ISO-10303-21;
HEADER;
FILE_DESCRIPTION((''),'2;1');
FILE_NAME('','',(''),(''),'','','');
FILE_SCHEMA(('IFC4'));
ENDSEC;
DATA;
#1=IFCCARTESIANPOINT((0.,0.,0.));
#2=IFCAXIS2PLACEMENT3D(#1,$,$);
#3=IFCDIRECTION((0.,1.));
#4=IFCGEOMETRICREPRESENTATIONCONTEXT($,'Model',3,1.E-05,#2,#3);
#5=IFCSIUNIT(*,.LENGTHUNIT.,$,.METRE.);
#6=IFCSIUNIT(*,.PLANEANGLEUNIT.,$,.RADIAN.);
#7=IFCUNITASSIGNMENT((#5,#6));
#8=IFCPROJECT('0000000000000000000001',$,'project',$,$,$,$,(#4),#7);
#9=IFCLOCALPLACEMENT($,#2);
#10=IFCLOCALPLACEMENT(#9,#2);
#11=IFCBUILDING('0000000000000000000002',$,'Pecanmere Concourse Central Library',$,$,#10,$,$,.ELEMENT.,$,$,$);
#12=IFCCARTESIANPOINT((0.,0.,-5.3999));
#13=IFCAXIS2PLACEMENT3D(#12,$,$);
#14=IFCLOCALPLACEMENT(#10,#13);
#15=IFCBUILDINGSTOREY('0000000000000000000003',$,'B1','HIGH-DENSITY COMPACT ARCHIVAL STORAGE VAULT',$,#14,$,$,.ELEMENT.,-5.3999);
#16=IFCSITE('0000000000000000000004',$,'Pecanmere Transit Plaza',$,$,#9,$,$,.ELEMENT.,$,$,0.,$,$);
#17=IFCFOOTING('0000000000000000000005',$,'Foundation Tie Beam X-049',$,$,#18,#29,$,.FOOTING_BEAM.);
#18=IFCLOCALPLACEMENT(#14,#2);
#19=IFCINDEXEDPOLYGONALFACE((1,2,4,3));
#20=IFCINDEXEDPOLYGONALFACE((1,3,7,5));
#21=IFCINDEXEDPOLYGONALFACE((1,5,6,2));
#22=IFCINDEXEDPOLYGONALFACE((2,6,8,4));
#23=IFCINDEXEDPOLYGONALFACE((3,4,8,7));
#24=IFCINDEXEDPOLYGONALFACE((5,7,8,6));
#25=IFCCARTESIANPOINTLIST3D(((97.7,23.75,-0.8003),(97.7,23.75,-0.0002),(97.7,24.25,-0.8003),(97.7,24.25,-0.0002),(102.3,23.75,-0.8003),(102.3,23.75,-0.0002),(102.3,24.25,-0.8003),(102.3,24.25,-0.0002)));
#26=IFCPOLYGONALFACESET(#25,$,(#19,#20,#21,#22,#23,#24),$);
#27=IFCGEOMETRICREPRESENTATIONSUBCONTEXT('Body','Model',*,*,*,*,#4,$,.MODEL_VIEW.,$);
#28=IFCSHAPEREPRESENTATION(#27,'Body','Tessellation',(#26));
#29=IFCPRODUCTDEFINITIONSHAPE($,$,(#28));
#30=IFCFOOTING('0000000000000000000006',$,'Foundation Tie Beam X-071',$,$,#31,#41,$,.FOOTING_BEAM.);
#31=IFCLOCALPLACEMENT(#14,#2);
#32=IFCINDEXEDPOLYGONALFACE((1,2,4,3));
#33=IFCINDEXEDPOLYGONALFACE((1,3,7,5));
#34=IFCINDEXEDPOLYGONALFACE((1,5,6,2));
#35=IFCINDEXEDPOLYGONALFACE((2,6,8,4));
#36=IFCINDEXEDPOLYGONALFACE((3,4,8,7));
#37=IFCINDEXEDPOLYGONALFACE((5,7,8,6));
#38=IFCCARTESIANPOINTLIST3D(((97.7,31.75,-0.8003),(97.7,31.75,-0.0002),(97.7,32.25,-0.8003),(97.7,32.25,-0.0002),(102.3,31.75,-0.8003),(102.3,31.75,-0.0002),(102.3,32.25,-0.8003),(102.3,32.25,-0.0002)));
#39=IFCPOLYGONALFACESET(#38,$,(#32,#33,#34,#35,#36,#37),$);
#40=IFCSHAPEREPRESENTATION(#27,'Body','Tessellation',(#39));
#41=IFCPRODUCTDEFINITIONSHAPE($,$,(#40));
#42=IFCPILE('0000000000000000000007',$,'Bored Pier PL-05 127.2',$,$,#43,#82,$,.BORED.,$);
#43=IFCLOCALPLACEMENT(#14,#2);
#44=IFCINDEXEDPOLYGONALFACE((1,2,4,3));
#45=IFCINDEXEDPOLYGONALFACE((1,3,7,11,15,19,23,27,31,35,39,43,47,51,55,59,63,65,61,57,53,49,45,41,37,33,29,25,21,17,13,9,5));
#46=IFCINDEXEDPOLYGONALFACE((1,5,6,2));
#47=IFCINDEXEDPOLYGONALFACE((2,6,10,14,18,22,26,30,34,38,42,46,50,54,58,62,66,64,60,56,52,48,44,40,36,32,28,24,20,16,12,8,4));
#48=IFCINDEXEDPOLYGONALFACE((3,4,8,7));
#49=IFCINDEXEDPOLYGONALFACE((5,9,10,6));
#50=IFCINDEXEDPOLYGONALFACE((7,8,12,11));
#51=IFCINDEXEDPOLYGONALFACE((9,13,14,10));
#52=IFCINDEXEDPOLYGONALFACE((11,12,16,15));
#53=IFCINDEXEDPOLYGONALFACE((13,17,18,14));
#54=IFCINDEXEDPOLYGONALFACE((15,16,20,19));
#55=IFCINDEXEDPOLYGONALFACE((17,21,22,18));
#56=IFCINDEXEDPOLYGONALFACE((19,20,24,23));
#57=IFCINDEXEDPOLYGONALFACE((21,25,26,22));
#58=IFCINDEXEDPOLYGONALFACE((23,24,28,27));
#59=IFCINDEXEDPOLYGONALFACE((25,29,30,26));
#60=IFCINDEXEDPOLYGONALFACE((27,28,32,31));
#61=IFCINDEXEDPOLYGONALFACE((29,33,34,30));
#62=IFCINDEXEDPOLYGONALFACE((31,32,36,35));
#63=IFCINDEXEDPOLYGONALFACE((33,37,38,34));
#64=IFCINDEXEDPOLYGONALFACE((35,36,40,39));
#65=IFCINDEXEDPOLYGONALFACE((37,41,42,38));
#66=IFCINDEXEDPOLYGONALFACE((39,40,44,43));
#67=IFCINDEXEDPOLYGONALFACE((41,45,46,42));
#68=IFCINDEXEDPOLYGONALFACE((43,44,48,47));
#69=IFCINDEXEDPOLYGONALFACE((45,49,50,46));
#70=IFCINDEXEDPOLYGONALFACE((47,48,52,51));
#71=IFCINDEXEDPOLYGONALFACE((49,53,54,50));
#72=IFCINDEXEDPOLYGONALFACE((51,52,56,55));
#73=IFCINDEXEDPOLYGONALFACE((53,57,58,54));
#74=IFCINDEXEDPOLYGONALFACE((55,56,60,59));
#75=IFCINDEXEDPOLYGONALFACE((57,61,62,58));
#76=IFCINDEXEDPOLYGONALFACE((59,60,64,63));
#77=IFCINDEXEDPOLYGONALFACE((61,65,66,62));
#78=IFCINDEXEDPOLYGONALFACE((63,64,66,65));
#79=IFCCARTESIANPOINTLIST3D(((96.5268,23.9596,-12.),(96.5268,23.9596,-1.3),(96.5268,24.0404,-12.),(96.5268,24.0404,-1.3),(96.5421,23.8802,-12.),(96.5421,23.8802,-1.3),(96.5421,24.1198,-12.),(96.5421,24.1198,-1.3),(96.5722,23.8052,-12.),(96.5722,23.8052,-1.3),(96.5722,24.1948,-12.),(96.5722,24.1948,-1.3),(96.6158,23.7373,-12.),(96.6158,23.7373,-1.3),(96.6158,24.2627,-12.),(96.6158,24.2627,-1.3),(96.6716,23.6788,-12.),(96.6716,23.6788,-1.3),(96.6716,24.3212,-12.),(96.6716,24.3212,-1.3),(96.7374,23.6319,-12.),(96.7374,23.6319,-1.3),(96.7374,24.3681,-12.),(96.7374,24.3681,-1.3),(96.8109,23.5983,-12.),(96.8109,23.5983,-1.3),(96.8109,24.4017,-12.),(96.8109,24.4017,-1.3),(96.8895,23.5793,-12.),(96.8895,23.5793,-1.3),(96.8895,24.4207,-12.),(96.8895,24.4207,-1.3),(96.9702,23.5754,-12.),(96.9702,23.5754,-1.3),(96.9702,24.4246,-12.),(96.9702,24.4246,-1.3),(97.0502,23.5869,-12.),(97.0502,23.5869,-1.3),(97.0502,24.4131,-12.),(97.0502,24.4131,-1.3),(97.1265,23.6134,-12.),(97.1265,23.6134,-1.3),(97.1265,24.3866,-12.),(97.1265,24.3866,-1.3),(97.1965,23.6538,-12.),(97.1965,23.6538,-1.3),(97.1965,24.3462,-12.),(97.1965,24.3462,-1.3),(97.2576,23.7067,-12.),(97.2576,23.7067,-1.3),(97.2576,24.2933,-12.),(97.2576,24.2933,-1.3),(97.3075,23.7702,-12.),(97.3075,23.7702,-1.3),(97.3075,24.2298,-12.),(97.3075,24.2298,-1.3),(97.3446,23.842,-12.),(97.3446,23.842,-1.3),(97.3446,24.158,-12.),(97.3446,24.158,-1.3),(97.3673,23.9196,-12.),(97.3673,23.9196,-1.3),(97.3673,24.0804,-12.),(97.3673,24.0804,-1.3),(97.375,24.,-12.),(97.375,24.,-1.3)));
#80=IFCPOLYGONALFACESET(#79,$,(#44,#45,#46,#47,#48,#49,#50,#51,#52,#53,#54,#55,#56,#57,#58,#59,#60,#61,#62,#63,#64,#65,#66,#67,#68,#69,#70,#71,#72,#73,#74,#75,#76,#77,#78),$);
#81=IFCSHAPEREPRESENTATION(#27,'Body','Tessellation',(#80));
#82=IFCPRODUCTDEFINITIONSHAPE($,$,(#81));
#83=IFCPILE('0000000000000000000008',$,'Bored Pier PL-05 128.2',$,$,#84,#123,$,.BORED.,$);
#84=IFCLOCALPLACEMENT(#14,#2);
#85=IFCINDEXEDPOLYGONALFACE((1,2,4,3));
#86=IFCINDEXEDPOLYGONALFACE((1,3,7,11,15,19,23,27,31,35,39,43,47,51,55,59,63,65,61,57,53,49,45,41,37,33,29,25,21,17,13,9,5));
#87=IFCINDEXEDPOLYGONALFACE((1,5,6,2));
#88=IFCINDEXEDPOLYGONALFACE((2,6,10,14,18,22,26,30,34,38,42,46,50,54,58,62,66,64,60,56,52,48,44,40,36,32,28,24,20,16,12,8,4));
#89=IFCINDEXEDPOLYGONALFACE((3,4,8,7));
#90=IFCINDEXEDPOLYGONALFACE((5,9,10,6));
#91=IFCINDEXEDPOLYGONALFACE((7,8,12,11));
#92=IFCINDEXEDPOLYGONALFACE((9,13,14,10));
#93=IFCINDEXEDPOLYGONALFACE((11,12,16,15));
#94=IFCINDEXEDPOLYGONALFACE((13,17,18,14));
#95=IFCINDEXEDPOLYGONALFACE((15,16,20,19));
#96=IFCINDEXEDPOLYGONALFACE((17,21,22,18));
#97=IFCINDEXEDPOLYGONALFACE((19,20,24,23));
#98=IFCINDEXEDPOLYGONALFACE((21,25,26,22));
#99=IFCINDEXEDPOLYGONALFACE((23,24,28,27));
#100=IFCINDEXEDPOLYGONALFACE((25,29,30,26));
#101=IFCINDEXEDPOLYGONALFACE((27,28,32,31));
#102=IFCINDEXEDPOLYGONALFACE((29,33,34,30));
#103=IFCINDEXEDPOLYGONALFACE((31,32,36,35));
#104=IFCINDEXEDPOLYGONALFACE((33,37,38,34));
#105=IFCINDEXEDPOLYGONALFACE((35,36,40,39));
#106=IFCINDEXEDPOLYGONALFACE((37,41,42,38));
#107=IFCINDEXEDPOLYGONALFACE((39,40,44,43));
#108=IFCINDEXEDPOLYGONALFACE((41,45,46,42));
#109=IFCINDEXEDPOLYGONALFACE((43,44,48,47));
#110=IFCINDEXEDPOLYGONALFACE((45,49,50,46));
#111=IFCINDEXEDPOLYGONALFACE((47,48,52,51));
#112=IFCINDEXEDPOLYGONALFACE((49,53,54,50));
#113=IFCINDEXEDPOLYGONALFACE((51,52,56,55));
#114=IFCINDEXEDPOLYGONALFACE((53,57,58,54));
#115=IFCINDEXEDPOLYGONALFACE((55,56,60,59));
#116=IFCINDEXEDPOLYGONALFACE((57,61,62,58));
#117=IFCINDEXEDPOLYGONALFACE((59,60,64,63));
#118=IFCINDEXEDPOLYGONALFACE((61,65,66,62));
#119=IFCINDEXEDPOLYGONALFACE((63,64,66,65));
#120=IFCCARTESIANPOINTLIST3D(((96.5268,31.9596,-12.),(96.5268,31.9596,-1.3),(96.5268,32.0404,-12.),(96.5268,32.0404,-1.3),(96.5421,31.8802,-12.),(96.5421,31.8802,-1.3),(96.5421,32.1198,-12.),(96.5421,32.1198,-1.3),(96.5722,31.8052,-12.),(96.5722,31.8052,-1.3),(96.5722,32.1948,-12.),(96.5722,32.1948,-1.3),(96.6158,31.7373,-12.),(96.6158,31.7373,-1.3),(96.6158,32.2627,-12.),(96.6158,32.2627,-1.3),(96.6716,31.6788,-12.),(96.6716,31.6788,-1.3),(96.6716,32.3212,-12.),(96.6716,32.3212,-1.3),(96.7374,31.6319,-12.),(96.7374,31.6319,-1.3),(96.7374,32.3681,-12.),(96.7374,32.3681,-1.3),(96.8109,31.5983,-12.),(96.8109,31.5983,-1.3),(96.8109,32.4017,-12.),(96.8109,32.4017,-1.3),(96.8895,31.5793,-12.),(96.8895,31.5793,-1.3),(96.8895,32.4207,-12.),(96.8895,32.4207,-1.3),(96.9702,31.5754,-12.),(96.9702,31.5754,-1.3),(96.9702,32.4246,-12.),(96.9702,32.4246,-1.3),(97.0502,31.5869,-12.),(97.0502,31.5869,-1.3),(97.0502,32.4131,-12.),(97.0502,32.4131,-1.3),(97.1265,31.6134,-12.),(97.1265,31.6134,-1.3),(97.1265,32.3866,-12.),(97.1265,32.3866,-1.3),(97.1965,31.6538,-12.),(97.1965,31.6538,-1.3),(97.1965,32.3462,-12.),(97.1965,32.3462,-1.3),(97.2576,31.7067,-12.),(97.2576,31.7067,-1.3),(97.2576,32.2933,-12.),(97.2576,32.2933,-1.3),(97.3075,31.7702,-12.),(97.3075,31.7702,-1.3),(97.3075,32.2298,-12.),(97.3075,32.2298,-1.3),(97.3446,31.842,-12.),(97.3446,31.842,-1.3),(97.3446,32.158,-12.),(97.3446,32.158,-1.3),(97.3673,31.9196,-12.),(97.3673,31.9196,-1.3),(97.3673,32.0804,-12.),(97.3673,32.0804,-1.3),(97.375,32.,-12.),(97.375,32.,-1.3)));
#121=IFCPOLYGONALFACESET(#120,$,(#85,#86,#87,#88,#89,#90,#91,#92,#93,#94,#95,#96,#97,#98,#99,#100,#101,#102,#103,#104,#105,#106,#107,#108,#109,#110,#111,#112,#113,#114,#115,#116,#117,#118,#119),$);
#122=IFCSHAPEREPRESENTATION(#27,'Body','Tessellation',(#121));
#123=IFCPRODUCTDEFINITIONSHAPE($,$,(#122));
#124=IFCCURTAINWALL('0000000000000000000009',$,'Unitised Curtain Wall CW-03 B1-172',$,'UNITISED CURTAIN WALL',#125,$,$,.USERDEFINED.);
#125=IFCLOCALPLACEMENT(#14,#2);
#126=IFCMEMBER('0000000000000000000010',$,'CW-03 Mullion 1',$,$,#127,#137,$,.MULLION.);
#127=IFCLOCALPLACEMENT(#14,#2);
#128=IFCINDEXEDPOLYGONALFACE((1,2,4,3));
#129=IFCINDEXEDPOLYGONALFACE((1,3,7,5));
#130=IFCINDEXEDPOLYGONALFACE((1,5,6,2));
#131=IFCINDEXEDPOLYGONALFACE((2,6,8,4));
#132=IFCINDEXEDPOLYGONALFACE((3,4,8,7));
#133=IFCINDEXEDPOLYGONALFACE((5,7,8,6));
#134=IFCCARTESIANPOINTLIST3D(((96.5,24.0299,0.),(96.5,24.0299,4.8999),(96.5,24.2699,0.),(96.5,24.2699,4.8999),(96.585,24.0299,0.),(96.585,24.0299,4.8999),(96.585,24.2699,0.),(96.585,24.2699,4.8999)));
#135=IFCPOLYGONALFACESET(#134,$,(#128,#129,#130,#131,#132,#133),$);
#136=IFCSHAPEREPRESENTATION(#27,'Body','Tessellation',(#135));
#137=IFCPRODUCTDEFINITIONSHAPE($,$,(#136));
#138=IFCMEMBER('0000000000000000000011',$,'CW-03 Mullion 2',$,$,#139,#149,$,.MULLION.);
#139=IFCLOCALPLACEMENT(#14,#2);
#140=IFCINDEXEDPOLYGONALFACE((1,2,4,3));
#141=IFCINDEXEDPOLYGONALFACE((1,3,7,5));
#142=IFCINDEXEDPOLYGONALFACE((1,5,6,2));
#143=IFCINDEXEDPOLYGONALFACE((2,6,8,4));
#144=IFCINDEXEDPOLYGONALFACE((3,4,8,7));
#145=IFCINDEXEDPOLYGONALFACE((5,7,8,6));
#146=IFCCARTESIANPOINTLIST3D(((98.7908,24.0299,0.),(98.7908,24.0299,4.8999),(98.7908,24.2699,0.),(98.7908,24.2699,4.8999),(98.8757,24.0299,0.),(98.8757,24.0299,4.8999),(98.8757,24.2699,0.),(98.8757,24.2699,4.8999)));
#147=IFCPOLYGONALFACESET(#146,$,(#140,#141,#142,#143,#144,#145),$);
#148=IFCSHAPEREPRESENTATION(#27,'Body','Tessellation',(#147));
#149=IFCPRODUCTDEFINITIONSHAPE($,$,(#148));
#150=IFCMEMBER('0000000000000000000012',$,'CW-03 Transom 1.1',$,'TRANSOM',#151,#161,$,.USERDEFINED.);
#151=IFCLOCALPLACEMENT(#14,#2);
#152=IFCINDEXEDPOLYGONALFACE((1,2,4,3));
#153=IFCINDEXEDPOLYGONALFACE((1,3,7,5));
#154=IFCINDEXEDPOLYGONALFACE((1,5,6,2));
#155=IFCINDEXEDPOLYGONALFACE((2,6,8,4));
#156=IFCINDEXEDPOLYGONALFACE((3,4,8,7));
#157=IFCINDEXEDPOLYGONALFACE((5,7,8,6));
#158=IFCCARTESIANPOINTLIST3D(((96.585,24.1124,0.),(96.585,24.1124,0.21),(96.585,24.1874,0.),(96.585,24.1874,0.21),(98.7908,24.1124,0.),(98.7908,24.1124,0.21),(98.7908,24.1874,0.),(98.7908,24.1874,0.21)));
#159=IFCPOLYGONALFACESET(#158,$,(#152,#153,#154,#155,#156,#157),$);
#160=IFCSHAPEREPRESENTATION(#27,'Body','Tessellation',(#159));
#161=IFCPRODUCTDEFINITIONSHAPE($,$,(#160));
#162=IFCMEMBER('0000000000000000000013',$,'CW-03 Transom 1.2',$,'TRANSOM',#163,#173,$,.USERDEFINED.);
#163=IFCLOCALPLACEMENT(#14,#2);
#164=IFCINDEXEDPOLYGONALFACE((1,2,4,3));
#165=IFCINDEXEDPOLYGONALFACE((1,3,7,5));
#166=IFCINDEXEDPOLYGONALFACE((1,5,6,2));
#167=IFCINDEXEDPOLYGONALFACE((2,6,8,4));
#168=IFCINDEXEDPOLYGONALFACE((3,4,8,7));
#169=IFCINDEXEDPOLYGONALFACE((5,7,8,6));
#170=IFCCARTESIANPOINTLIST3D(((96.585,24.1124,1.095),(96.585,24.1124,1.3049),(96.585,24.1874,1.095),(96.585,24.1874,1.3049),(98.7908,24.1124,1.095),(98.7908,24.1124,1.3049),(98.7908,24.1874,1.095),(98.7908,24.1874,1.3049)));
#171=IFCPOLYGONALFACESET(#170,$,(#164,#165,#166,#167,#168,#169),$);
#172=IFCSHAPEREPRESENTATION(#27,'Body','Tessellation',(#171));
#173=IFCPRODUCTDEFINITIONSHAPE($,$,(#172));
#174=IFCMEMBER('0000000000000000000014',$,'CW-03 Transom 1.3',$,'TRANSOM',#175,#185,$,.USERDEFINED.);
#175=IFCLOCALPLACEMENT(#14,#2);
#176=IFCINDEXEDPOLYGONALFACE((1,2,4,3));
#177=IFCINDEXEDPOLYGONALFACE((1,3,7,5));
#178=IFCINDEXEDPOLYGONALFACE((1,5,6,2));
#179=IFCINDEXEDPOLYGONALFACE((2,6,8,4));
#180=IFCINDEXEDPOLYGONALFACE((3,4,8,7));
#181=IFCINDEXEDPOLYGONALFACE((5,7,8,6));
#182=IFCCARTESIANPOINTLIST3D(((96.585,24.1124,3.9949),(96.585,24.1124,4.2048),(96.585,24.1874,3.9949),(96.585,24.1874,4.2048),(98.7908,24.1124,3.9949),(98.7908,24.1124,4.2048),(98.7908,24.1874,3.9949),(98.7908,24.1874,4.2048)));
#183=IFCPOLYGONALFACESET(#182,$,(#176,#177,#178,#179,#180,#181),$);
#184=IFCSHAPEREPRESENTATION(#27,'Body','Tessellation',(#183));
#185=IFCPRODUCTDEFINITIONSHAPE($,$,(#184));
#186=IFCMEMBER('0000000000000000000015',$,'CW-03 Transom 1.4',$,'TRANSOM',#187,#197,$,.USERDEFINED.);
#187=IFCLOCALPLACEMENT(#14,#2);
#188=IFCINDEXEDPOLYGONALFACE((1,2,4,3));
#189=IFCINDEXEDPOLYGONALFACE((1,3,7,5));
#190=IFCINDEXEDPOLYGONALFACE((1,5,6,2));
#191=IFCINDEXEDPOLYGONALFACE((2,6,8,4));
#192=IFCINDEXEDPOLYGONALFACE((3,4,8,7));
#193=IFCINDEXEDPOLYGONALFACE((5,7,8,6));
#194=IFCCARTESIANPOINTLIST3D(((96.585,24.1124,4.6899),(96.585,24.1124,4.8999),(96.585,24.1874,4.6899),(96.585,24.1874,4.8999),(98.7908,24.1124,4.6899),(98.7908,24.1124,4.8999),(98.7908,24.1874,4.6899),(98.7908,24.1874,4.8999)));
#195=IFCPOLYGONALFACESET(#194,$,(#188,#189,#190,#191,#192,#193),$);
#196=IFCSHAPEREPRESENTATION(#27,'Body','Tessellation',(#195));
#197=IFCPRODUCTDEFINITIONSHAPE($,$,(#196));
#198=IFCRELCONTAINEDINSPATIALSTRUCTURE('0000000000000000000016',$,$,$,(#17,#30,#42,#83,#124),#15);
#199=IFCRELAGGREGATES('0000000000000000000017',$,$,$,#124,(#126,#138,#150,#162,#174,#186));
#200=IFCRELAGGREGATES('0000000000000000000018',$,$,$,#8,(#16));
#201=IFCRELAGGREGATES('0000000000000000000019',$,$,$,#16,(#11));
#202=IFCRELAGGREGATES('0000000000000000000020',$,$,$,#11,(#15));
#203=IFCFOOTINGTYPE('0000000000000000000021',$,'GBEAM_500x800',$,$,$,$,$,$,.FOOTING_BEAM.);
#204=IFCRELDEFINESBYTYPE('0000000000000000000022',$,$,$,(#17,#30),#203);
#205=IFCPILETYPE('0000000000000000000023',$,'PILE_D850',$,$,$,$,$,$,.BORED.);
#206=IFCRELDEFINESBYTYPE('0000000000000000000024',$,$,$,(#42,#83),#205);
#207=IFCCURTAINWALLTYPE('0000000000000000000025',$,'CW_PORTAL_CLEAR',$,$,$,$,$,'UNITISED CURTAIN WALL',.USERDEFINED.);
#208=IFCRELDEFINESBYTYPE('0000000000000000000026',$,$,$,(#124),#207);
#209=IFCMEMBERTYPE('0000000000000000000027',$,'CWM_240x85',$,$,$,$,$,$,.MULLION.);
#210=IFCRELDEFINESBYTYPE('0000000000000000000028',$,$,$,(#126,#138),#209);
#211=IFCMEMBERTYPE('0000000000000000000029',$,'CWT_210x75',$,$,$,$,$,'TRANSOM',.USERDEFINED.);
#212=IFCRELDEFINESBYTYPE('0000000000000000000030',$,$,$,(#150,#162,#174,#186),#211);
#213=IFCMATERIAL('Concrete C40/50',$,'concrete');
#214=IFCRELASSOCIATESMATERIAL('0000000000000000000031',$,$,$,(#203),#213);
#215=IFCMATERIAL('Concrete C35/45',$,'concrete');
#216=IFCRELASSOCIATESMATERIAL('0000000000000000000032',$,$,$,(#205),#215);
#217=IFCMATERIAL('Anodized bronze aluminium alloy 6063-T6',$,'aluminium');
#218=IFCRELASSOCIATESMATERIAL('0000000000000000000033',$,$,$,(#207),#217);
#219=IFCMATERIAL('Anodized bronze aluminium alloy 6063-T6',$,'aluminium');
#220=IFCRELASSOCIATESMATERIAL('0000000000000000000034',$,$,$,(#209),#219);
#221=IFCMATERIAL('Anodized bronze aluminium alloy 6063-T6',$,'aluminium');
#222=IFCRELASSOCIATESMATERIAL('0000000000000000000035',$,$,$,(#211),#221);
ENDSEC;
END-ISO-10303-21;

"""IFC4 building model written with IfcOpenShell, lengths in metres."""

from ifc_helpers import new_model, si_unit, direction, frame, origin, origin_2d, place, context, subcontext, project, spatial, rectangle, circle, extrude, material, material_profile, profile_set, type_object, element, aggregate, save


model = new_model("IFC4")

# Units and contexts
model_context = context("Model", 3, precision=1e-05, world=origin(), true_north=direction((0.0, 1.0)))
body_context = subcontext(model_context, "Body", "Model", "MODEL_VIEW")
ifc_project = project(units=[si_unit("LENGTHUNIT", "METRE"), si_unit("PLANEANGLEUNIT", "RADIAN")], contexts=[model_context])

# Site, building, storey
site_placement = place(None, origin())
site = spatial("IfcSite", under=ifc_project, at=site_placement, Name="Pecanmere Transit Plaza", CompositionType="ELEMENT", RefElevation=0.0)
building_placement = place(site_placement, origin())
building = spatial("IfcBuilding", under=site, at=building_placement, Name="Pecanmere Concourse Central Library", CompositionType="ELEMENT")
storey_placement = place(building_placement, frame((0.0, 0.0, -5.3999)))
storey = spatial("IfcBuildingStorey", under=building, at=storey_placement, Name="B1", Description="HIGH-DENSITY COMPACT ARCHIVAL STORAGE VAULT", CompositionType="ELEMENT", Elevation=-5.3999)

# Footings
ifc_material_1 = material(Name="Concrete C40/50", Category="concrete")
ifc_material_profile_1 = material_profile(ifc_material_1, rectangle(XDim=0.5, YDim=0.8, at=origin_2d()), Name="RC 500x800")
ifc_profile_set_1 = profile_set([ifc_material_profile_1], Name="Concrete C40/50")
footing_type = type_object("IfcFootingType", Name="GBEAM_500x800", PredefinedType="FOOTING_BEAM", material=ifc_profile_set_1)
for number, where, z_axis, x_axis, name in (
    (1, (100.0, 24.0, -0.8003), (0.0, 0.0, 1.0), (1.0, 0.0, 0.0), "Foundation Tie Beam X-049"),
    (2, (100.0, 32.0, -0.8003), (0.0, 0.0, 1.0), (1.0, 0.0, 0.0), "Foundation Tie Beam X-071"),
):
    element("IfcFooting", number, at=place(storey_placement, frame(where, z_axis=z_axis, x_axis=x_axis)), inside=storey, type_object=footing_type, Name=name, PredefinedType="FOOTING_BEAM", context=body_context, shape_type="SweptSolid", body=[
        extrude(rectangle(XDim=4.6001, YDim=0.5, at=origin_2d()), origin(), (0.0, 0.0, 1.0), 0.8),
    ])

# Piles
ifc_material_2 = material(Name="Concrete C35/45", Category="concrete")
ifc_material_profile_2 = material_profile(ifc_material_2, circle(Radius=0.425, at=origin_2d()), Name="PIER D850")
ifc_profile_set_2 = profile_set([ifc_material_profile_2], Name="Concrete C35/45")
pile_type = type_object("IfcPileType", Name="PILE_D850", PredefinedType="BORED", material=ifc_profile_set_2)
for number, where, z_axis, x_axis, name in (
    (3, (96.95, 24.0, -1.3), (0.0, 0.0, -1.0), (1.0, 0.0, 0.0), "Bored Pier PL-05 127.2"),
    (4, (96.95, 32.0, -1.3), (0.0, 0.0, -1.0), (1.0, 0.0, 0.0), "Bored Pier PL-05 128.2"),
):
    element("IfcPile", number, at=place(storey_placement, frame(where, z_axis=z_axis, x_axis=x_axis)), inside=storey, type_object=pile_type, Name=name, PredefinedType="BORED", context=body_context, shape_type="SweptSolid", body=[
        extrude(circle(Radius=0.425, at=origin_2d()), origin(), (0.0, 0.0, 1.0), 10.7),
    ])

# Curtain wall, members
ifc_material_3 = material(Name="Anodized bronze aluminium alloy 6063-T6", Category="aluminium")
curtain_wall_type = type_object("IfcCurtainWallType", Name="CW_PORTAL_CLEAR", ElementType="UNITISED CURTAIN WALL", PredefinedType="USERDEFINED", material=ifc_material_3)
curtain_wall_placement = place(storey_placement, origin())
curtain_wall = element("IfcCurtainWall", 5, at=curtain_wall_placement, inside=storey, type_object=curtain_wall_type, Name="Unitised Curtain Wall CW-03 B1-172", ObjectType="UNITISED CURTAIN WALL", PredefinedType="USERDEFINED")
ifc_material_4 = material(Name="Anodized bronze aluminium alloy 6063-T6", Category="aluminium")
ifc_material_profile_3 = material_profile(ifc_material_4, rectangle(XDim=0.085, YDim=0.24, at=origin_2d()), Name="AL 85x240")
ifc_profile_set_3 = profile_set([ifc_material_profile_3], Name="Anodized bronze aluminium alloy 6063-T6")
member_type_1 = type_object("IfcMemberType", Name="CWM_240x85", PredefinedType="MULLION", material=ifc_profile_set_3)
member_1_placement = place(storey_placement, frame((96.5425, 24.1499, 0.0), z_axis=(0.0, 0.0, 1.0), x_axis=(1.0, 0.0, 0.0)))
member_1 = element("IfcMember", 6, at=member_1_placement, type_object=member_type_1, Name="CW-03 Mullion 1", PredefinedType="MULLION", context=body_context, shape_type="SweptSolid", body=[
    extrude(rectangle(XDim=0.085, YDim=0.24, at=origin_2d()), origin(), (0.0, 0.0, 1.0), 4.8999),
])
member_2_placement = place(storey_placement, frame((98.8333, 24.1499, 0.0), z_axis=(0.0, 0.0, 1.0), x_axis=(1.0, 0.0, 0.0)))
member_2 = element("IfcMember", 7, at=member_2_placement, type_object=member_type_1, Name="CW-03 Mullion 2", PredefinedType="MULLION", context=body_context, shape_type="SweptSolid", body=[
    extrude(rectangle(XDim=0.085, YDim=0.24, at=origin_2d()), origin(), (0.0, 0.0, 1.0), 4.8999),
])
ifc_material_5 = material(Name="Anodized bronze aluminium alloy 6063-T6", Category="aluminium")
ifc_material_profile_4 = material_profile(ifc_material_5, rectangle(XDim=0.075, YDim=0.21, at=origin_2d()), Name="AL 75x210")
ifc_profile_set_4 = profile_set([ifc_material_profile_4], Name="Anodized bronze aluminium alloy 6063-T6")
member_type_2 = type_object("IfcMemberType", Name="CWT_210x75", ElementType="TRANSOM", PredefinedType="USERDEFINED", material=ifc_profile_set_4)
member_3_placement = place(storey_placement, frame((96.585, 24.1499, 0.105), z_axis=(1.0, 0.0, 0.0), x_axis=(0.0, 1.0, 0.0)))
member_3 = element("IfcMember", 8, at=member_3_placement, type_object=member_type_2, Name="CW-03 Transom 1.1", ObjectType="TRANSOM", PredefinedType="USERDEFINED", context=body_context, shape_type="SweptSolid", body=[
    extrude(rectangle(XDim=0.075, YDim=0.21, at=origin_2d()), origin(), (0.0, 0.0, 1.0), 2.2058),
])
member_4_placement = place(storey_placement, frame((96.585, 24.1499, 1.2), z_axis=(1.0, 0.0, 0.0), x_axis=(0.0, 1.0, 0.0)))
member_4 = element("IfcMember", 9, at=member_4_placement, type_object=member_type_2, Name="CW-03 Transom 1.2", ObjectType="TRANSOM", PredefinedType="USERDEFINED", context=body_context, shape_type="SweptSolid", body=[
    extrude(rectangle(XDim=0.075, YDim=0.21, at=origin_2d()), origin(), (0.0, 0.0, 1.0), 2.2058),
])
member_5_placement = place(storey_placement, frame((96.585, 24.1499, 4.0999), z_axis=(1.0, 0.0, 0.0), x_axis=(0.0, 1.0, 0.0)))
member_5 = element("IfcMember", 10, at=member_5_placement, type_object=member_type_2, Name="CW-03 Transom 1.3", ObjectType="TRANSOM", PredefinedType="USERDEFINED", context=body_context, shape_type="SweptSolid", body=[
    extrude(rectangle(XDim=0.075, YDim=0.21, at=origin_2d()), origin(), (0.0, 0.0, 1.0), 2.2058),
])
member_6_placement = place(storey_placement, frame((96.585, 24.1499, 4.7949), z_axis=(1.0, 0.0, 0.0), x_axis=(0.0, 1.0, 0.0)))
member_6 = element("IfcMember", 11, at=member_6_placement, type_object=member_type_2, Name="CW-03 Transom 1.4", ObjectType="TRANSOM", PredefinedType="USERDEFINED", context=body_context, shape_type="SweptSolid", body=[
    extrude(rectangle(XDim=0.075, YDim=0.21, at=origin_2d()), origin(), (0.0, 0.0, 1.0), 2.2058),
])

aggregate(curtain_wall, [member_1, member_2, member_3, member_4, member_5, member_6])

save(model, "model.ifc")
